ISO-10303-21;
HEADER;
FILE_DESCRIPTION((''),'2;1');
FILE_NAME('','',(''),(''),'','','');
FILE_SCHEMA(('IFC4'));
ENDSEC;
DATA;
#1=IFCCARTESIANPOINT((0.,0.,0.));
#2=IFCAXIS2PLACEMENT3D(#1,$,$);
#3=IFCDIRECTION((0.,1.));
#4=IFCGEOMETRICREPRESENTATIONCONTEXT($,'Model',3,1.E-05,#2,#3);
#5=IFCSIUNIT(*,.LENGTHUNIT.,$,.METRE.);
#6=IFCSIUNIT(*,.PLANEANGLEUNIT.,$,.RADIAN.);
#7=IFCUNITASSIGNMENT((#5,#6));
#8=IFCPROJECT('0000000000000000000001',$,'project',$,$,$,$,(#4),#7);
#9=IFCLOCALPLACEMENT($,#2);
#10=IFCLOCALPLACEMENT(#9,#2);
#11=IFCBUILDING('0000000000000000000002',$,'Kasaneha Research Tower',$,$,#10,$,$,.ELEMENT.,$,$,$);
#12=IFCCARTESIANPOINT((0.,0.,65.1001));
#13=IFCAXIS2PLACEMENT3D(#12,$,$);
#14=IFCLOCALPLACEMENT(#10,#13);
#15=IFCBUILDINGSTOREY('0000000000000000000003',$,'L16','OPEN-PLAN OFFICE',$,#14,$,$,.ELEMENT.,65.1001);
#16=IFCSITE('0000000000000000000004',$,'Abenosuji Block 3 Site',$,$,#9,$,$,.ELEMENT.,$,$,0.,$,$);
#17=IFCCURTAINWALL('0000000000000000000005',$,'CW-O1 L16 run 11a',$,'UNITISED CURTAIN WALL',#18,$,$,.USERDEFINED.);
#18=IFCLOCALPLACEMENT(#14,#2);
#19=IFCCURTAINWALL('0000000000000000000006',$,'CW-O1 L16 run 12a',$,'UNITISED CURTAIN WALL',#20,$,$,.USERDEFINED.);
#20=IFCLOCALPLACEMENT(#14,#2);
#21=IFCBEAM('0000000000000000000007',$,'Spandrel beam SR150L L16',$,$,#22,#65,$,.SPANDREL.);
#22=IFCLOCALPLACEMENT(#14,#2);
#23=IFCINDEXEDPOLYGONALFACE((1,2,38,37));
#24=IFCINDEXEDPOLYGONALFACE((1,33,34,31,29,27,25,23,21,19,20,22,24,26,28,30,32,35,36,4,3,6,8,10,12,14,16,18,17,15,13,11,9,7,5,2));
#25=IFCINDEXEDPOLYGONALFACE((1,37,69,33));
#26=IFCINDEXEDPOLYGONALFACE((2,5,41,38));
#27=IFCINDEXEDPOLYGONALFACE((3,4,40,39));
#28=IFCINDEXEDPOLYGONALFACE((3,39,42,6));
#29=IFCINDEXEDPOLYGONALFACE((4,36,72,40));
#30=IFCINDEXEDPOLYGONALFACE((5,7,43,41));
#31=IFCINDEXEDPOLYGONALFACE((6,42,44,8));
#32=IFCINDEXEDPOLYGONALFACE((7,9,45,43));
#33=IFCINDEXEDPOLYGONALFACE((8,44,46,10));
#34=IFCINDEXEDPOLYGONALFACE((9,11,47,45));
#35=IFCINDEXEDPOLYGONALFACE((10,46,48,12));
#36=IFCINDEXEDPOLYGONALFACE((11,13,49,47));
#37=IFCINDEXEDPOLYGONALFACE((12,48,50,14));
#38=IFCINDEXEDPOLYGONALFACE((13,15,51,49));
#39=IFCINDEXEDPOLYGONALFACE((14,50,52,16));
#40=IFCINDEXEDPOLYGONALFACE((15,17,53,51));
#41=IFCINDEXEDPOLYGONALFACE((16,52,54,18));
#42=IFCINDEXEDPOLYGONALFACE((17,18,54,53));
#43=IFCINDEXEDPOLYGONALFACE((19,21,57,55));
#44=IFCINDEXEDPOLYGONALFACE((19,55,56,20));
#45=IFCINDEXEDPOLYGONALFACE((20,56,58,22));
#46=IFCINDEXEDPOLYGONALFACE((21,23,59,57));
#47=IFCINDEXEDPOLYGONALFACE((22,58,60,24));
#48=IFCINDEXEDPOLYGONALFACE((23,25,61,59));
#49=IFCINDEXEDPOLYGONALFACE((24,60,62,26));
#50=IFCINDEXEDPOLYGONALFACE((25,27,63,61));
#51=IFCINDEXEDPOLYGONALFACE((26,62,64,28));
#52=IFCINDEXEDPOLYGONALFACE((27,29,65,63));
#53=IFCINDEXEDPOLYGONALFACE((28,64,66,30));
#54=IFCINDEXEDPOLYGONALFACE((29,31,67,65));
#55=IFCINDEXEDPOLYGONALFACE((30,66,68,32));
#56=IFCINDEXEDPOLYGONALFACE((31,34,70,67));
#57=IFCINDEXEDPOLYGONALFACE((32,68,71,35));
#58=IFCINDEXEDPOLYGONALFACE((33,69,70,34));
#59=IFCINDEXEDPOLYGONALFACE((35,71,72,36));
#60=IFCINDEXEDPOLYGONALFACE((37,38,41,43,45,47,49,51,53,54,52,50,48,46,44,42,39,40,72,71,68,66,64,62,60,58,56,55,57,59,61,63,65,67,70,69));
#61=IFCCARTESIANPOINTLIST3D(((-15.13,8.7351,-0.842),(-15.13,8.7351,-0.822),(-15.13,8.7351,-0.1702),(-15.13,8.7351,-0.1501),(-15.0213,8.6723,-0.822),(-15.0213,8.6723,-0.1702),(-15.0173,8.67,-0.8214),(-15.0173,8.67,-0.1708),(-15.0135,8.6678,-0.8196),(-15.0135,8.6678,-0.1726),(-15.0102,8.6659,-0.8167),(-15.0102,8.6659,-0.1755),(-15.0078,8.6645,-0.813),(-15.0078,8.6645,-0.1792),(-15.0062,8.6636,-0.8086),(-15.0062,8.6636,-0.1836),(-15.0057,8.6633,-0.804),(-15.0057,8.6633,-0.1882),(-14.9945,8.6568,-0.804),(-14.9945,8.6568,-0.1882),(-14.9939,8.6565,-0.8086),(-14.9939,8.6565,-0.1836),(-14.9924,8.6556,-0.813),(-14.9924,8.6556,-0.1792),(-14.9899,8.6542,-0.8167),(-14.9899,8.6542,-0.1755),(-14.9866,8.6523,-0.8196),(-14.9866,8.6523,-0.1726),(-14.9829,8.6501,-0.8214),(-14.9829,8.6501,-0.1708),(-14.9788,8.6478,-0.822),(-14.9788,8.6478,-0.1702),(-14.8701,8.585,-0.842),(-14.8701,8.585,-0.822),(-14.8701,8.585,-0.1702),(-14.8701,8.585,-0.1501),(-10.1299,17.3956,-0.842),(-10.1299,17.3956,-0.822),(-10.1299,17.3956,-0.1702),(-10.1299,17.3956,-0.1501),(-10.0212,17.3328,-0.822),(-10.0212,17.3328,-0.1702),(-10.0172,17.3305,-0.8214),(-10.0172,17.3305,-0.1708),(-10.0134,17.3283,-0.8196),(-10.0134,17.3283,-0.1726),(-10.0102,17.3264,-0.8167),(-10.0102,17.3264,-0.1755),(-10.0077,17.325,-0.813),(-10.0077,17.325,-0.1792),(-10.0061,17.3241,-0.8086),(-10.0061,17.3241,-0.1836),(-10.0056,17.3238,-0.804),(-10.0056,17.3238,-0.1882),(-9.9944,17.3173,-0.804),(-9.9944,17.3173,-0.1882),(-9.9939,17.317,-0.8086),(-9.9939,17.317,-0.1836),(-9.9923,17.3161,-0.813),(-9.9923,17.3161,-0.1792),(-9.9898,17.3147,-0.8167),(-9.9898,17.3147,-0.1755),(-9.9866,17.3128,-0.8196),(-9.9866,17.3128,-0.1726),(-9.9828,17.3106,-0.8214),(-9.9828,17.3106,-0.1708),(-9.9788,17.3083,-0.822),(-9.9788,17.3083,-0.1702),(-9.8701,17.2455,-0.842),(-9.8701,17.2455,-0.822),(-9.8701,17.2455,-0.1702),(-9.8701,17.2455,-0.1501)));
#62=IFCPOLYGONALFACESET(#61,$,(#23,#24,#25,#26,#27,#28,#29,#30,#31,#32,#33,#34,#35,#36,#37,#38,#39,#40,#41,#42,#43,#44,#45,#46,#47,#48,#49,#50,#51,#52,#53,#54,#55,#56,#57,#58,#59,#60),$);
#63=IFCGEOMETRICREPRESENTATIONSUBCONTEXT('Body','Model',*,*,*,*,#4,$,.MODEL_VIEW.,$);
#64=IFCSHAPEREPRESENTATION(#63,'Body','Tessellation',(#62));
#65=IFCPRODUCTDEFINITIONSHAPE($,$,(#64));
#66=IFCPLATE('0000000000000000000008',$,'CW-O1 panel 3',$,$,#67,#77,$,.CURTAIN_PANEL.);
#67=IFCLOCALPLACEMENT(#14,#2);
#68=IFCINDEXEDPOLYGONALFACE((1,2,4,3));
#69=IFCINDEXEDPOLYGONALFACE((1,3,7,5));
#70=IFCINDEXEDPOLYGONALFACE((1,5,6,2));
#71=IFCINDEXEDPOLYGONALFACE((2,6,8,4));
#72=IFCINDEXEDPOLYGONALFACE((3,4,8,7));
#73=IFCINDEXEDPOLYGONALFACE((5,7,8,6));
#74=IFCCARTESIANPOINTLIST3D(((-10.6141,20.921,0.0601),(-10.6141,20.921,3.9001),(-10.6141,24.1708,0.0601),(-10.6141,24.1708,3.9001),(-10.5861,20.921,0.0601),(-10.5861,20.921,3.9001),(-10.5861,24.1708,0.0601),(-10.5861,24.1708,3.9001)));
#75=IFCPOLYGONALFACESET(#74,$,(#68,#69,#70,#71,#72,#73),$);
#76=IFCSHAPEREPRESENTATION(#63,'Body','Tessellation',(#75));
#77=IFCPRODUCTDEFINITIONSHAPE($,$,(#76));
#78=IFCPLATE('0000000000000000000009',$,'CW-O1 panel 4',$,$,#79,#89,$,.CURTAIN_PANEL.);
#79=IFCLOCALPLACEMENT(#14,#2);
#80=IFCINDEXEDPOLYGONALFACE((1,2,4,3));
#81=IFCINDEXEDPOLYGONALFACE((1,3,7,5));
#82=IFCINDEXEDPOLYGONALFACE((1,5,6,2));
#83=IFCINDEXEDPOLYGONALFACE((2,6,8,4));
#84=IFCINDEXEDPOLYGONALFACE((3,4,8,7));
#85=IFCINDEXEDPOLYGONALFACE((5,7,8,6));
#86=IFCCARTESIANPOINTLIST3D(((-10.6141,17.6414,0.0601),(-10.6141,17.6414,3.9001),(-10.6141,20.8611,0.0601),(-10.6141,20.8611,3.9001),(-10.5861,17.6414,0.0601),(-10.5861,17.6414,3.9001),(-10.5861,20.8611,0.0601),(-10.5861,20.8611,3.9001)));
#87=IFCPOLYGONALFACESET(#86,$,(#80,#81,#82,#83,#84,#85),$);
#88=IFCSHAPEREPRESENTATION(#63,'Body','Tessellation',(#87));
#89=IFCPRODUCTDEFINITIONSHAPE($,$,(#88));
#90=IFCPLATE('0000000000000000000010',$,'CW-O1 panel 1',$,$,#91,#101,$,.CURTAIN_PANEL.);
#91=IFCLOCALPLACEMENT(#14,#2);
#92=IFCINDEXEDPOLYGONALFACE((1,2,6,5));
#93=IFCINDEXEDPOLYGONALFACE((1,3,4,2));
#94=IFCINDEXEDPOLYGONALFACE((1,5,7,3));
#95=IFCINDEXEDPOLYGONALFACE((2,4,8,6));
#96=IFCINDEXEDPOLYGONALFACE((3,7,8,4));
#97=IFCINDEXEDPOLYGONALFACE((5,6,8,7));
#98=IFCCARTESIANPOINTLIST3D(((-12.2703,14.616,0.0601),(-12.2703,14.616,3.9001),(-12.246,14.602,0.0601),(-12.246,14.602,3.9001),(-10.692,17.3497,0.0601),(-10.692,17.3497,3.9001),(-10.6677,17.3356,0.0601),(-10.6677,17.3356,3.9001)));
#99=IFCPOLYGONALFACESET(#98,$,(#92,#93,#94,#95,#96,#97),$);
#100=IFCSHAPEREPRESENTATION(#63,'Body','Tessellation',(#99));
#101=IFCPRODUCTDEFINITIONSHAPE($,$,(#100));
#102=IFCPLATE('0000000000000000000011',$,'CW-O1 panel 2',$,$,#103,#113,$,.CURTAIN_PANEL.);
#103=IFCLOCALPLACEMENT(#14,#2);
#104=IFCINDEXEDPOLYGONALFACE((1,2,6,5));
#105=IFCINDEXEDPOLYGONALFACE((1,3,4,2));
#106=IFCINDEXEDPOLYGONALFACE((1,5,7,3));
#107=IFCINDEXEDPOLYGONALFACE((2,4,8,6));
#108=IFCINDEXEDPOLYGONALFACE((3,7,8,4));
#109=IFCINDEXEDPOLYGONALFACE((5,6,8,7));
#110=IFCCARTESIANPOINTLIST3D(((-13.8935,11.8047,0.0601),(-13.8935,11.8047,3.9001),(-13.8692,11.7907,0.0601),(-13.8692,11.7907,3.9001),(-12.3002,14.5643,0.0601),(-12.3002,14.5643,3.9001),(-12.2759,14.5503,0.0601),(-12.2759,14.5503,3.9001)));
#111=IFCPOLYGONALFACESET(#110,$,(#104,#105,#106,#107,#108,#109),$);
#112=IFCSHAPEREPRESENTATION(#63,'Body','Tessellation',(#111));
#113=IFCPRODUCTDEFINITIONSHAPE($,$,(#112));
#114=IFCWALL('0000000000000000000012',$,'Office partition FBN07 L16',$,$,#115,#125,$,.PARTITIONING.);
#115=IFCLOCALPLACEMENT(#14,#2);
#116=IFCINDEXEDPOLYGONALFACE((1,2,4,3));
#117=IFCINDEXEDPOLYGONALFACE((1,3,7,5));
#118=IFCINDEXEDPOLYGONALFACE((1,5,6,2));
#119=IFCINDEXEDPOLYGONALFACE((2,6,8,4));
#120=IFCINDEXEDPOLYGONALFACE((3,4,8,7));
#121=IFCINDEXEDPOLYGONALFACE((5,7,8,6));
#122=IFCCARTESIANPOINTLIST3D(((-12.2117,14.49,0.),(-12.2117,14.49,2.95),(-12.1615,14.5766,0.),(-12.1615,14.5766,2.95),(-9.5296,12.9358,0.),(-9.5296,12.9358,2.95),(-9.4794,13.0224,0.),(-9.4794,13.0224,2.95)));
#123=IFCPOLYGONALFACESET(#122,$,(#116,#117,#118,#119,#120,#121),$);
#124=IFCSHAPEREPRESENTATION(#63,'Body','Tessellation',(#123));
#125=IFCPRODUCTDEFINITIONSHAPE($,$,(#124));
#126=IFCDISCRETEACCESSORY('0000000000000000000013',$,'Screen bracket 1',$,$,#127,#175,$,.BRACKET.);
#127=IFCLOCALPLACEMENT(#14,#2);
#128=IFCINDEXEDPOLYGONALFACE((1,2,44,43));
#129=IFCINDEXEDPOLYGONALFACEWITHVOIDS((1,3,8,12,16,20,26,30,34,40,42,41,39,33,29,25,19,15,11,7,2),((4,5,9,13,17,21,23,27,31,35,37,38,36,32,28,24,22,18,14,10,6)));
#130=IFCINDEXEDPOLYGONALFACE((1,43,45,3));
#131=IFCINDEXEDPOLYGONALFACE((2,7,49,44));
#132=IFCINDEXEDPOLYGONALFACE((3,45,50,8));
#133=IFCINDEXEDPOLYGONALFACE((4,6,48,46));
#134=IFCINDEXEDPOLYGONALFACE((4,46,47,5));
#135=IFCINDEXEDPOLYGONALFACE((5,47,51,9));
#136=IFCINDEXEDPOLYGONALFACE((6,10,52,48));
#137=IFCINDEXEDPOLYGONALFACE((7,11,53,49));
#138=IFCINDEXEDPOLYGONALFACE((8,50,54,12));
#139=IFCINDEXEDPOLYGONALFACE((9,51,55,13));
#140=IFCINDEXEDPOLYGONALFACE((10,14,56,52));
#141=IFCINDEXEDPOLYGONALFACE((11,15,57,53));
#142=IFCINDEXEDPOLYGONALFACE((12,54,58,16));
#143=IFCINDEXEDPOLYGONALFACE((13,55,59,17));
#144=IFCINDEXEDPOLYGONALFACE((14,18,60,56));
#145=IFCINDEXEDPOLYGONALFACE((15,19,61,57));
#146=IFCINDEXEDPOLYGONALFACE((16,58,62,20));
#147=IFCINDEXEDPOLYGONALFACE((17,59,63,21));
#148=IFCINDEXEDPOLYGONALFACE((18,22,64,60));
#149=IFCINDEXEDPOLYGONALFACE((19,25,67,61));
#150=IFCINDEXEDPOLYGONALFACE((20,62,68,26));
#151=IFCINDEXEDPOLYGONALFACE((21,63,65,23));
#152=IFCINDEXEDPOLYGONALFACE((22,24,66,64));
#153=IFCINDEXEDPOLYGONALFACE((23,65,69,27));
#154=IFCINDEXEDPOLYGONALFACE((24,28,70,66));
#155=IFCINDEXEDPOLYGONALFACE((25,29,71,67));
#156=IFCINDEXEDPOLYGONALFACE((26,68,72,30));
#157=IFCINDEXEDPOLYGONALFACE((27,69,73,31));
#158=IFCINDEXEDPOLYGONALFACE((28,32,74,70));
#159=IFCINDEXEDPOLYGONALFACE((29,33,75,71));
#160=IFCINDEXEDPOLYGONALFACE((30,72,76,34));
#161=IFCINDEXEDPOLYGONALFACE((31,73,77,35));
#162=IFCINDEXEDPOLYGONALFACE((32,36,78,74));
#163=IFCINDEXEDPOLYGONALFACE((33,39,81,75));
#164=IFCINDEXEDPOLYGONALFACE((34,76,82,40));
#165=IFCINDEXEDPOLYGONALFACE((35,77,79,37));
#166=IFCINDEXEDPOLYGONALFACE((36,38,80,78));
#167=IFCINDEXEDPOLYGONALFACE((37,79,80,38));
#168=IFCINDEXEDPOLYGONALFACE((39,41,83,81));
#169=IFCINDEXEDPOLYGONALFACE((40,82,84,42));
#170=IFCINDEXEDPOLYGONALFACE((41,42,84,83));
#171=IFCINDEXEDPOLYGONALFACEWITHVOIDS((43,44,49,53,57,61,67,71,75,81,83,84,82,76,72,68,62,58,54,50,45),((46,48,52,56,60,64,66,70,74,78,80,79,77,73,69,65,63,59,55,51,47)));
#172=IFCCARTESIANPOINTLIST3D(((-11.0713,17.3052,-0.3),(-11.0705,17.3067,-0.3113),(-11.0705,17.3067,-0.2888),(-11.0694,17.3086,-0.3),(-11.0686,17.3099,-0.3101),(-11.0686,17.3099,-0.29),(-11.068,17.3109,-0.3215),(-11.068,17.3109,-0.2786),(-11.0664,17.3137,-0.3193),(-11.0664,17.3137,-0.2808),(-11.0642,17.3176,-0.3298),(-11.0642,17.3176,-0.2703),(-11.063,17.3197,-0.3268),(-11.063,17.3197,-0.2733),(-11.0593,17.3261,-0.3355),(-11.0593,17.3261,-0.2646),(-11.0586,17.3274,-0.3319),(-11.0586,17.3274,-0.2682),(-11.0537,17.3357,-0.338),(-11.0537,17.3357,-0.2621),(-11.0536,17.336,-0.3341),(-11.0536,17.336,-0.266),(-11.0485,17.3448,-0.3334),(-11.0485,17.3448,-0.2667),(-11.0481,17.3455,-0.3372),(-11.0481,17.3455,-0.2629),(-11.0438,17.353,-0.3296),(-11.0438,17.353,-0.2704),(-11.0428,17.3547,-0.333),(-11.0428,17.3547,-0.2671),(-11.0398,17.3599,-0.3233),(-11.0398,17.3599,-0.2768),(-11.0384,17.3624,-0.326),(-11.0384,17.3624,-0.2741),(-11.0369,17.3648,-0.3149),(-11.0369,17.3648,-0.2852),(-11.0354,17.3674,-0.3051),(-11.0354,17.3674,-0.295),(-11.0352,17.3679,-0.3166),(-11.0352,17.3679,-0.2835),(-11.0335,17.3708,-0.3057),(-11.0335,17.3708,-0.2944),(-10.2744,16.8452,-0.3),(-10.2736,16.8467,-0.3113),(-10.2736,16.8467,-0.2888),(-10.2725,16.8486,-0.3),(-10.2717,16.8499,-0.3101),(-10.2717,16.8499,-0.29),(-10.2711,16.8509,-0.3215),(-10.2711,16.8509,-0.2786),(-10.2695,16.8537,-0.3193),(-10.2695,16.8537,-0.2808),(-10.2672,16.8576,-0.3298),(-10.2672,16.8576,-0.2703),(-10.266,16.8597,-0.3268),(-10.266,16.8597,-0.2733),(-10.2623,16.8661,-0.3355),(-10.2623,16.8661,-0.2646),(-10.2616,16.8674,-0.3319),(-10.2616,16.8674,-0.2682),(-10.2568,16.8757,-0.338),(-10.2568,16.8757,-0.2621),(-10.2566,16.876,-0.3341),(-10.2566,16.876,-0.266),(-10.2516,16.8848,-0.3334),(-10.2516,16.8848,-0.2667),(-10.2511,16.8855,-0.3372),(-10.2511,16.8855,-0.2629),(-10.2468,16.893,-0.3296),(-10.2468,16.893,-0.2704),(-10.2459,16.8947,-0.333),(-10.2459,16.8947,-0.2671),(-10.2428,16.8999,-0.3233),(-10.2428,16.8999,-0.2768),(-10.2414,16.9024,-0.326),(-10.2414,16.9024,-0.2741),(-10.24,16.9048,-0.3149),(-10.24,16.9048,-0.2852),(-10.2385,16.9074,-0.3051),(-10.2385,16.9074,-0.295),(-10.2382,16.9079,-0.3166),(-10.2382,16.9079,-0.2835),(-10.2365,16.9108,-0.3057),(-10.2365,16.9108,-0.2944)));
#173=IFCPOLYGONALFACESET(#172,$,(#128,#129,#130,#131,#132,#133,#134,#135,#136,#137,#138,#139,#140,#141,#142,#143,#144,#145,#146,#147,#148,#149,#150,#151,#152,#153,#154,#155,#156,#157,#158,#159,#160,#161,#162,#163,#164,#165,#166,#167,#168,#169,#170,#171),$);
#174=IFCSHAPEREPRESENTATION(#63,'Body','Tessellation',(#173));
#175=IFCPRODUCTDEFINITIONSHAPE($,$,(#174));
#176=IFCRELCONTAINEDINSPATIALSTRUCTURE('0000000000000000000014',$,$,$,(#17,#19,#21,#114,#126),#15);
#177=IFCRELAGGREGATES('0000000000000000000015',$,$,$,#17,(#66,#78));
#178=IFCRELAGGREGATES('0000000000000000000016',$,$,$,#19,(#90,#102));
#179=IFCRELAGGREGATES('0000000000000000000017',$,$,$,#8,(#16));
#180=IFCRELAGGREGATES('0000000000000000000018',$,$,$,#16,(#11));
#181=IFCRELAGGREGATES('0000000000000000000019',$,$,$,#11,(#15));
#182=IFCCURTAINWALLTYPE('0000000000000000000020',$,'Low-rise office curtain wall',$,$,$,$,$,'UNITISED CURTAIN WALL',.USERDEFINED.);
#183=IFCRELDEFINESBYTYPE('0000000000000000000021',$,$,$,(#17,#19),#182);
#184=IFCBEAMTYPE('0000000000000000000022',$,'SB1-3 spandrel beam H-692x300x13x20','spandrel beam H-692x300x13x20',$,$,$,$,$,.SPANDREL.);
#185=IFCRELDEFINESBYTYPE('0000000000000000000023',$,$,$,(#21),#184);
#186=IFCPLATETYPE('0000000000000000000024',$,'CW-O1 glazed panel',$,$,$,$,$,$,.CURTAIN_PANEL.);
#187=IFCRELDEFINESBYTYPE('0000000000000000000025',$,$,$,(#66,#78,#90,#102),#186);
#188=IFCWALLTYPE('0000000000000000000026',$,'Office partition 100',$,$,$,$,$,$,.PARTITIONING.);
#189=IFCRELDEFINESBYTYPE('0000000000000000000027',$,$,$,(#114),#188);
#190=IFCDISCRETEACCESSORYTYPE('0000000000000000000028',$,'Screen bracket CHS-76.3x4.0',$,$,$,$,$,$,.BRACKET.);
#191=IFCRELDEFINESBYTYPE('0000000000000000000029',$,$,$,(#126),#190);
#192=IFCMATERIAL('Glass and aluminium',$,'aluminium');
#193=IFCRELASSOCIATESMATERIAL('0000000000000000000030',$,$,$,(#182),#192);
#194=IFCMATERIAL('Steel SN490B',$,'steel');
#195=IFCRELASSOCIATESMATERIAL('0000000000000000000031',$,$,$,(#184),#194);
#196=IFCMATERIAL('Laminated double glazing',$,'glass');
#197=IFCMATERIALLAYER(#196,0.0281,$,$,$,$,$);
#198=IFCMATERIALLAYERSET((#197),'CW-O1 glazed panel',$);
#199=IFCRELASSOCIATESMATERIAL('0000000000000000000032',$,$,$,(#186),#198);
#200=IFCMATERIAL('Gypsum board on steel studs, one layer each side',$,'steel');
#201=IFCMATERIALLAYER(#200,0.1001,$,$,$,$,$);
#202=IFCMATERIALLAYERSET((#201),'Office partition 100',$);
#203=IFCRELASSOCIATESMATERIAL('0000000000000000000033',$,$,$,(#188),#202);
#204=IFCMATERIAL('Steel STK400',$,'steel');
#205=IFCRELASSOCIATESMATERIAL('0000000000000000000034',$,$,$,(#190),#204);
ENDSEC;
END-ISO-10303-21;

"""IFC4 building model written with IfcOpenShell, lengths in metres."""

from ifc_helpers import new_model, si_unit, direction, frame, frame_2d, origin, origin_2d, place, context, subcontext, project, spatial, rectangle, hollow_circle, i_section, extrude, material, layer, layer_set, material_profile, profile_set, type_object, element, aggregate, save


model = new_model("IFC4")

# Units and contexts
model_context = context("Model", 3, precision=1e-05, world=origin(), true_north=direction((0.0, 1.0)))
body_context = subcontext(model_context, "Body", "Model", "MODEL_VIEW")
ifc_project = project(units=[si_unit("LENGTHUNIT", "METRE"), si_unit("PLANEANGLEUNIT", "RADIAN")], contexts=[model_context])

# Site, building, storey
site_placement = place(None, origin())
site = spatial("IfcSite", under=ifc_project, at=site_placement, Name="Abenosuji Block 3 Site", CompositionType="ELEMENT", RefElevation=0.0)
building_placement = place(site_placement, origin())
building = spatial("IfcBuilding", under=site, at=building_placement, Name="Kasaneha Research Tower", CompositionType="ELEMENT")
storey_placement = place(building_placement, frame((0.0, 0.0, 65.1001)))
storey = spatial("IfcBuildingStorey", under=building, at=storey_placement, Name="L16", Description="OPEN-PLAN OFFICE", CompositionType="ELEMENT", Elevation=65.1001)

# Curtain walls
ifc_material_1 = material(Name="Glass and aluminium", Category="aluminium")
curtain_wall_type = type_object("IfcCurtainWallType", Name="Low-rise office curtain wall", ElementType="UNITISED CURTAIN WALL", PredefinedType="USERDEFINED", material=ifc_material_1)
curtain_wall_1_placement = place(storey_placement, origin())
curtain_wall_1 = element("IfcCurtainWall", 1, at=curtain_wall_1_placement, inside=storey, type_object=curtain_wall_type, Name="CW-O1 L16 run 11a", ObjectType="UNITISED CURTAIN WALL", PredefinedType="USERDEFINED")
curtain_wall_2_placement = place(storey_placement, origin())
curtain_wall_2 = element("IfcCurtainWall", 2, at=curtain_wall_2_placement, inside=storey, type_object=curtain_wall_type, Name="CW-O1 L16 run 12a", ObjectType="UNITISED CURTAIN WALL", PredefinedType="USERDEFINED")

# Beam
ifc_material_2 = material(Name="Steel SN490B", Category="steel")
ifc_material_profile_1 = material_profile(ifc_material_2, i_section(OverallWidth=0.3, OverallDepth=0.6919, WebThickness=0.0129, FlangeThickness=0.02, FilletRadius=0.0181, at=origin_2d()), Name="H-692x300x13x20")
ifc_profile_set_1 = profile_set([ifc_material_profile_1], Name="Steel SN490B")
beam_type_1 = type_object("IfcBeamType", Name="SB1-3 spandrel beam H-692x300x13x20", Description="spandrel beam H-692x300x13x20", PredefinedType="SPANDREL", material=ifc_profile_set_1)
beam_1_placement = place(storey_placement, frame((-10.0, 17.3206, -0.4961), z_axis=(-0.499994, -0.866029, 0.0), x_axis=(0.866029, -0.499994, 0.0)))
element("IfcBeam", 3, at=beam_1_placement, inside=storey, type_object=beam_type_1, Name="Spandrel beam SR150L L16", PredefinedType="SPANDREL", context=body_context, shape_type="SweptSolid", body=[
    extrude(i_section(OverallWidth=0.3, OverallDepth=0.6919, WebThickness=0.0129, FlangeThickness=0.02, FilletRadius=0.0181, at=origin_2d()), origin(), (0.0, 0.0, 1.0), 10.0002),
])

# Plates
ifc_material_3 = material(Name="Laminated double glazing", Category="glass")
ifc_layer_1 = layer(ifc_material_3, 0.0281)
ifc_layer_set_1 = layer_set([ifc_layer_1], Name="CW-O1 glazed panel")
plate_type = type_object("IfcPlateType", Name="CW-O1 glazed panel", PredefinedType="CURTAIN_PANEL", material=ifc_layer_set_1)
plate_1_placement = place(storey_placement, frame((-10.6001, 22.5459, 0.0601), z_axis=(0.0, 0.0, 1.0), x_axis=(0.0, -1.0, 0.0)))
plate_1 = element("IfcPlate", 4, at=plate_1_placement, type_object=plate_type, Name="CW-O1 panel 3", PredefinedType="CURTAIN_PANEL", context=body_context, shape_type="SweptSolid", body=[
    extrude(rectangle(XDim=3.2498, YDim=0.0281, at=origin_2d()), origin(), (0.0, 0.0, 1.0), 3.8401),
])
plate_2_placement = place(storey_placement, frame((-10.6001, 19.2512, 0.0601), z_axis=(0.0, 0.0, 1.0), x_axis=(0.0, -1.0, 0.0)))
plate_2 = element("IfcPlate", 5, at=plate_2_placement, type_object=plate_type, Name="CW-O1 panel 4", PredefinedType="CURTAIN_PANEL", context=body_context, shape_type="SweptSolid", body=[
    extrude(rectangle(XDim=3.2197, YDim=0.0281, at=origin_2d()), origin(), (0.0, 0.0, 1.0), 3.8401),
])
aggregate(curtain_wall_1, [plate_1, plate_2])
plate_3_placement = place(storey_placement, frame((-11.469, 15.9758, 0.0601), z_axis=(0.0, 0.0, 1.0), x_axis=(-0.5, -0.866025, 0.0)))
plate_3 = element("IfcPlate", 6, at=plate_3_placement, type_object=plate_type, Name="CW-O1 panel 1", PredefinedType="CURTAIN_PANEL", context=body_context, shape_type="SweptSolid", body=[
    extrude(rectangle(XDim=3.1565, YDim=0.0281, at=origin_2d()), origin(), (0.0, 0.0, 1.0), 3.8401),
])
plate_4_placement = place(storey_placement, frame((-13.0847, 13.1775, 0.0601), z_axis=(0.0, 0.0, 1.0), x_axis=(-0.5, -0.866025, 0.0)))
plate_4 = element("IfcPlate", 7, at=plate_4_placement, type_object=plate_type, Name="CW-O1 panel 2", PredefinedType="CURTAIN_PANEL", context=body_context, shape_type="SweptSolid", body=[
    extrude(rectangle(XDim=3.1865, YDim=0.0281, at=origin_2d()), origin(), (0.0, 0.0, 1.0), 3.8401),
])
aggregate(curtain_wall_2, [plate_3, plate_4])

# Wall
ifc_material_4 = material(Name="Gypsum board on steel studs, one layer each side", Category="steel")
ifc_layer_2 = layer(ifc_material_4, 0.1001)
ifc_layer_set_2 = layer_set([ifc_layer_2], Name="Office partition 100")
wall_type = type_object("IfcWallType", Name="Office partition 100", PredefinedType="PARTITIONING", material=ifc_layer_set_2)
wall_placement = place(storey_placement, frame((-12.1865, 14.5332, 0.0), z_axis=(0.0, 0.0, 1.0), x_axis=(0.865232, -0.501372, 0.0)))
element("IfcWall", 8, at=wall_placement, inside=storey, type_object=wall_type, Name="Office partition FBN07 L16", PredefinedType="PARTITIONING", context=body_context, shape_type="SweptSolid", body=[
    extrude(rectangle(XDim=3.0999, YDim=0.1001, at=frame_2d((1.5498, 0.0))), origin(), (0.0, 0.0, 1.0), 2.95),
])

# Discrete accessory
ifc_material_5 = material(Name="Steel STK400", Category="steel")
ifc_material_profile_2 = material_profile(ifc_material_5, hollow_circle(Radius=0.0381, WallThickness=0.0039, at=origin_2d()), Name="CHS-76.3x4.0")
ifc_profile_set_2 = profile_set([ifc_material_profile_2], Name="Steel STK400")
discrete_accessory_type = type_object("IfcDiscreteAccessoryType", Name="Screen bracket CHS-76.3x4.0", PredefinedType="BRACKET", material=ifc_profile_set_2)
discrete_accessory_1_placement = place(storey_placement, frame((-10.2554, 16.8782, -0.3), z_axis=(-0.86608, 0.499906, 0.0), x_axis=(-0.499906, -0.86608, 0.0)))
element("IfcDiscreteAccessory", 9, at=discrete_accessory_1_placement, inside=storey, type_object=discrete_accessory_type, Name="Screen bracket 1", PredefinedType="BRACKET", context=body_context, shape_type="SweptSolid", body=[
    extrude(hollow_circle(Radius=0.0381, WallThickness=0.0039, at=origin_2d()), origin(), (0.0, 0.0, 1.0), 0.9202),
])

save(model, "model.ifc")
